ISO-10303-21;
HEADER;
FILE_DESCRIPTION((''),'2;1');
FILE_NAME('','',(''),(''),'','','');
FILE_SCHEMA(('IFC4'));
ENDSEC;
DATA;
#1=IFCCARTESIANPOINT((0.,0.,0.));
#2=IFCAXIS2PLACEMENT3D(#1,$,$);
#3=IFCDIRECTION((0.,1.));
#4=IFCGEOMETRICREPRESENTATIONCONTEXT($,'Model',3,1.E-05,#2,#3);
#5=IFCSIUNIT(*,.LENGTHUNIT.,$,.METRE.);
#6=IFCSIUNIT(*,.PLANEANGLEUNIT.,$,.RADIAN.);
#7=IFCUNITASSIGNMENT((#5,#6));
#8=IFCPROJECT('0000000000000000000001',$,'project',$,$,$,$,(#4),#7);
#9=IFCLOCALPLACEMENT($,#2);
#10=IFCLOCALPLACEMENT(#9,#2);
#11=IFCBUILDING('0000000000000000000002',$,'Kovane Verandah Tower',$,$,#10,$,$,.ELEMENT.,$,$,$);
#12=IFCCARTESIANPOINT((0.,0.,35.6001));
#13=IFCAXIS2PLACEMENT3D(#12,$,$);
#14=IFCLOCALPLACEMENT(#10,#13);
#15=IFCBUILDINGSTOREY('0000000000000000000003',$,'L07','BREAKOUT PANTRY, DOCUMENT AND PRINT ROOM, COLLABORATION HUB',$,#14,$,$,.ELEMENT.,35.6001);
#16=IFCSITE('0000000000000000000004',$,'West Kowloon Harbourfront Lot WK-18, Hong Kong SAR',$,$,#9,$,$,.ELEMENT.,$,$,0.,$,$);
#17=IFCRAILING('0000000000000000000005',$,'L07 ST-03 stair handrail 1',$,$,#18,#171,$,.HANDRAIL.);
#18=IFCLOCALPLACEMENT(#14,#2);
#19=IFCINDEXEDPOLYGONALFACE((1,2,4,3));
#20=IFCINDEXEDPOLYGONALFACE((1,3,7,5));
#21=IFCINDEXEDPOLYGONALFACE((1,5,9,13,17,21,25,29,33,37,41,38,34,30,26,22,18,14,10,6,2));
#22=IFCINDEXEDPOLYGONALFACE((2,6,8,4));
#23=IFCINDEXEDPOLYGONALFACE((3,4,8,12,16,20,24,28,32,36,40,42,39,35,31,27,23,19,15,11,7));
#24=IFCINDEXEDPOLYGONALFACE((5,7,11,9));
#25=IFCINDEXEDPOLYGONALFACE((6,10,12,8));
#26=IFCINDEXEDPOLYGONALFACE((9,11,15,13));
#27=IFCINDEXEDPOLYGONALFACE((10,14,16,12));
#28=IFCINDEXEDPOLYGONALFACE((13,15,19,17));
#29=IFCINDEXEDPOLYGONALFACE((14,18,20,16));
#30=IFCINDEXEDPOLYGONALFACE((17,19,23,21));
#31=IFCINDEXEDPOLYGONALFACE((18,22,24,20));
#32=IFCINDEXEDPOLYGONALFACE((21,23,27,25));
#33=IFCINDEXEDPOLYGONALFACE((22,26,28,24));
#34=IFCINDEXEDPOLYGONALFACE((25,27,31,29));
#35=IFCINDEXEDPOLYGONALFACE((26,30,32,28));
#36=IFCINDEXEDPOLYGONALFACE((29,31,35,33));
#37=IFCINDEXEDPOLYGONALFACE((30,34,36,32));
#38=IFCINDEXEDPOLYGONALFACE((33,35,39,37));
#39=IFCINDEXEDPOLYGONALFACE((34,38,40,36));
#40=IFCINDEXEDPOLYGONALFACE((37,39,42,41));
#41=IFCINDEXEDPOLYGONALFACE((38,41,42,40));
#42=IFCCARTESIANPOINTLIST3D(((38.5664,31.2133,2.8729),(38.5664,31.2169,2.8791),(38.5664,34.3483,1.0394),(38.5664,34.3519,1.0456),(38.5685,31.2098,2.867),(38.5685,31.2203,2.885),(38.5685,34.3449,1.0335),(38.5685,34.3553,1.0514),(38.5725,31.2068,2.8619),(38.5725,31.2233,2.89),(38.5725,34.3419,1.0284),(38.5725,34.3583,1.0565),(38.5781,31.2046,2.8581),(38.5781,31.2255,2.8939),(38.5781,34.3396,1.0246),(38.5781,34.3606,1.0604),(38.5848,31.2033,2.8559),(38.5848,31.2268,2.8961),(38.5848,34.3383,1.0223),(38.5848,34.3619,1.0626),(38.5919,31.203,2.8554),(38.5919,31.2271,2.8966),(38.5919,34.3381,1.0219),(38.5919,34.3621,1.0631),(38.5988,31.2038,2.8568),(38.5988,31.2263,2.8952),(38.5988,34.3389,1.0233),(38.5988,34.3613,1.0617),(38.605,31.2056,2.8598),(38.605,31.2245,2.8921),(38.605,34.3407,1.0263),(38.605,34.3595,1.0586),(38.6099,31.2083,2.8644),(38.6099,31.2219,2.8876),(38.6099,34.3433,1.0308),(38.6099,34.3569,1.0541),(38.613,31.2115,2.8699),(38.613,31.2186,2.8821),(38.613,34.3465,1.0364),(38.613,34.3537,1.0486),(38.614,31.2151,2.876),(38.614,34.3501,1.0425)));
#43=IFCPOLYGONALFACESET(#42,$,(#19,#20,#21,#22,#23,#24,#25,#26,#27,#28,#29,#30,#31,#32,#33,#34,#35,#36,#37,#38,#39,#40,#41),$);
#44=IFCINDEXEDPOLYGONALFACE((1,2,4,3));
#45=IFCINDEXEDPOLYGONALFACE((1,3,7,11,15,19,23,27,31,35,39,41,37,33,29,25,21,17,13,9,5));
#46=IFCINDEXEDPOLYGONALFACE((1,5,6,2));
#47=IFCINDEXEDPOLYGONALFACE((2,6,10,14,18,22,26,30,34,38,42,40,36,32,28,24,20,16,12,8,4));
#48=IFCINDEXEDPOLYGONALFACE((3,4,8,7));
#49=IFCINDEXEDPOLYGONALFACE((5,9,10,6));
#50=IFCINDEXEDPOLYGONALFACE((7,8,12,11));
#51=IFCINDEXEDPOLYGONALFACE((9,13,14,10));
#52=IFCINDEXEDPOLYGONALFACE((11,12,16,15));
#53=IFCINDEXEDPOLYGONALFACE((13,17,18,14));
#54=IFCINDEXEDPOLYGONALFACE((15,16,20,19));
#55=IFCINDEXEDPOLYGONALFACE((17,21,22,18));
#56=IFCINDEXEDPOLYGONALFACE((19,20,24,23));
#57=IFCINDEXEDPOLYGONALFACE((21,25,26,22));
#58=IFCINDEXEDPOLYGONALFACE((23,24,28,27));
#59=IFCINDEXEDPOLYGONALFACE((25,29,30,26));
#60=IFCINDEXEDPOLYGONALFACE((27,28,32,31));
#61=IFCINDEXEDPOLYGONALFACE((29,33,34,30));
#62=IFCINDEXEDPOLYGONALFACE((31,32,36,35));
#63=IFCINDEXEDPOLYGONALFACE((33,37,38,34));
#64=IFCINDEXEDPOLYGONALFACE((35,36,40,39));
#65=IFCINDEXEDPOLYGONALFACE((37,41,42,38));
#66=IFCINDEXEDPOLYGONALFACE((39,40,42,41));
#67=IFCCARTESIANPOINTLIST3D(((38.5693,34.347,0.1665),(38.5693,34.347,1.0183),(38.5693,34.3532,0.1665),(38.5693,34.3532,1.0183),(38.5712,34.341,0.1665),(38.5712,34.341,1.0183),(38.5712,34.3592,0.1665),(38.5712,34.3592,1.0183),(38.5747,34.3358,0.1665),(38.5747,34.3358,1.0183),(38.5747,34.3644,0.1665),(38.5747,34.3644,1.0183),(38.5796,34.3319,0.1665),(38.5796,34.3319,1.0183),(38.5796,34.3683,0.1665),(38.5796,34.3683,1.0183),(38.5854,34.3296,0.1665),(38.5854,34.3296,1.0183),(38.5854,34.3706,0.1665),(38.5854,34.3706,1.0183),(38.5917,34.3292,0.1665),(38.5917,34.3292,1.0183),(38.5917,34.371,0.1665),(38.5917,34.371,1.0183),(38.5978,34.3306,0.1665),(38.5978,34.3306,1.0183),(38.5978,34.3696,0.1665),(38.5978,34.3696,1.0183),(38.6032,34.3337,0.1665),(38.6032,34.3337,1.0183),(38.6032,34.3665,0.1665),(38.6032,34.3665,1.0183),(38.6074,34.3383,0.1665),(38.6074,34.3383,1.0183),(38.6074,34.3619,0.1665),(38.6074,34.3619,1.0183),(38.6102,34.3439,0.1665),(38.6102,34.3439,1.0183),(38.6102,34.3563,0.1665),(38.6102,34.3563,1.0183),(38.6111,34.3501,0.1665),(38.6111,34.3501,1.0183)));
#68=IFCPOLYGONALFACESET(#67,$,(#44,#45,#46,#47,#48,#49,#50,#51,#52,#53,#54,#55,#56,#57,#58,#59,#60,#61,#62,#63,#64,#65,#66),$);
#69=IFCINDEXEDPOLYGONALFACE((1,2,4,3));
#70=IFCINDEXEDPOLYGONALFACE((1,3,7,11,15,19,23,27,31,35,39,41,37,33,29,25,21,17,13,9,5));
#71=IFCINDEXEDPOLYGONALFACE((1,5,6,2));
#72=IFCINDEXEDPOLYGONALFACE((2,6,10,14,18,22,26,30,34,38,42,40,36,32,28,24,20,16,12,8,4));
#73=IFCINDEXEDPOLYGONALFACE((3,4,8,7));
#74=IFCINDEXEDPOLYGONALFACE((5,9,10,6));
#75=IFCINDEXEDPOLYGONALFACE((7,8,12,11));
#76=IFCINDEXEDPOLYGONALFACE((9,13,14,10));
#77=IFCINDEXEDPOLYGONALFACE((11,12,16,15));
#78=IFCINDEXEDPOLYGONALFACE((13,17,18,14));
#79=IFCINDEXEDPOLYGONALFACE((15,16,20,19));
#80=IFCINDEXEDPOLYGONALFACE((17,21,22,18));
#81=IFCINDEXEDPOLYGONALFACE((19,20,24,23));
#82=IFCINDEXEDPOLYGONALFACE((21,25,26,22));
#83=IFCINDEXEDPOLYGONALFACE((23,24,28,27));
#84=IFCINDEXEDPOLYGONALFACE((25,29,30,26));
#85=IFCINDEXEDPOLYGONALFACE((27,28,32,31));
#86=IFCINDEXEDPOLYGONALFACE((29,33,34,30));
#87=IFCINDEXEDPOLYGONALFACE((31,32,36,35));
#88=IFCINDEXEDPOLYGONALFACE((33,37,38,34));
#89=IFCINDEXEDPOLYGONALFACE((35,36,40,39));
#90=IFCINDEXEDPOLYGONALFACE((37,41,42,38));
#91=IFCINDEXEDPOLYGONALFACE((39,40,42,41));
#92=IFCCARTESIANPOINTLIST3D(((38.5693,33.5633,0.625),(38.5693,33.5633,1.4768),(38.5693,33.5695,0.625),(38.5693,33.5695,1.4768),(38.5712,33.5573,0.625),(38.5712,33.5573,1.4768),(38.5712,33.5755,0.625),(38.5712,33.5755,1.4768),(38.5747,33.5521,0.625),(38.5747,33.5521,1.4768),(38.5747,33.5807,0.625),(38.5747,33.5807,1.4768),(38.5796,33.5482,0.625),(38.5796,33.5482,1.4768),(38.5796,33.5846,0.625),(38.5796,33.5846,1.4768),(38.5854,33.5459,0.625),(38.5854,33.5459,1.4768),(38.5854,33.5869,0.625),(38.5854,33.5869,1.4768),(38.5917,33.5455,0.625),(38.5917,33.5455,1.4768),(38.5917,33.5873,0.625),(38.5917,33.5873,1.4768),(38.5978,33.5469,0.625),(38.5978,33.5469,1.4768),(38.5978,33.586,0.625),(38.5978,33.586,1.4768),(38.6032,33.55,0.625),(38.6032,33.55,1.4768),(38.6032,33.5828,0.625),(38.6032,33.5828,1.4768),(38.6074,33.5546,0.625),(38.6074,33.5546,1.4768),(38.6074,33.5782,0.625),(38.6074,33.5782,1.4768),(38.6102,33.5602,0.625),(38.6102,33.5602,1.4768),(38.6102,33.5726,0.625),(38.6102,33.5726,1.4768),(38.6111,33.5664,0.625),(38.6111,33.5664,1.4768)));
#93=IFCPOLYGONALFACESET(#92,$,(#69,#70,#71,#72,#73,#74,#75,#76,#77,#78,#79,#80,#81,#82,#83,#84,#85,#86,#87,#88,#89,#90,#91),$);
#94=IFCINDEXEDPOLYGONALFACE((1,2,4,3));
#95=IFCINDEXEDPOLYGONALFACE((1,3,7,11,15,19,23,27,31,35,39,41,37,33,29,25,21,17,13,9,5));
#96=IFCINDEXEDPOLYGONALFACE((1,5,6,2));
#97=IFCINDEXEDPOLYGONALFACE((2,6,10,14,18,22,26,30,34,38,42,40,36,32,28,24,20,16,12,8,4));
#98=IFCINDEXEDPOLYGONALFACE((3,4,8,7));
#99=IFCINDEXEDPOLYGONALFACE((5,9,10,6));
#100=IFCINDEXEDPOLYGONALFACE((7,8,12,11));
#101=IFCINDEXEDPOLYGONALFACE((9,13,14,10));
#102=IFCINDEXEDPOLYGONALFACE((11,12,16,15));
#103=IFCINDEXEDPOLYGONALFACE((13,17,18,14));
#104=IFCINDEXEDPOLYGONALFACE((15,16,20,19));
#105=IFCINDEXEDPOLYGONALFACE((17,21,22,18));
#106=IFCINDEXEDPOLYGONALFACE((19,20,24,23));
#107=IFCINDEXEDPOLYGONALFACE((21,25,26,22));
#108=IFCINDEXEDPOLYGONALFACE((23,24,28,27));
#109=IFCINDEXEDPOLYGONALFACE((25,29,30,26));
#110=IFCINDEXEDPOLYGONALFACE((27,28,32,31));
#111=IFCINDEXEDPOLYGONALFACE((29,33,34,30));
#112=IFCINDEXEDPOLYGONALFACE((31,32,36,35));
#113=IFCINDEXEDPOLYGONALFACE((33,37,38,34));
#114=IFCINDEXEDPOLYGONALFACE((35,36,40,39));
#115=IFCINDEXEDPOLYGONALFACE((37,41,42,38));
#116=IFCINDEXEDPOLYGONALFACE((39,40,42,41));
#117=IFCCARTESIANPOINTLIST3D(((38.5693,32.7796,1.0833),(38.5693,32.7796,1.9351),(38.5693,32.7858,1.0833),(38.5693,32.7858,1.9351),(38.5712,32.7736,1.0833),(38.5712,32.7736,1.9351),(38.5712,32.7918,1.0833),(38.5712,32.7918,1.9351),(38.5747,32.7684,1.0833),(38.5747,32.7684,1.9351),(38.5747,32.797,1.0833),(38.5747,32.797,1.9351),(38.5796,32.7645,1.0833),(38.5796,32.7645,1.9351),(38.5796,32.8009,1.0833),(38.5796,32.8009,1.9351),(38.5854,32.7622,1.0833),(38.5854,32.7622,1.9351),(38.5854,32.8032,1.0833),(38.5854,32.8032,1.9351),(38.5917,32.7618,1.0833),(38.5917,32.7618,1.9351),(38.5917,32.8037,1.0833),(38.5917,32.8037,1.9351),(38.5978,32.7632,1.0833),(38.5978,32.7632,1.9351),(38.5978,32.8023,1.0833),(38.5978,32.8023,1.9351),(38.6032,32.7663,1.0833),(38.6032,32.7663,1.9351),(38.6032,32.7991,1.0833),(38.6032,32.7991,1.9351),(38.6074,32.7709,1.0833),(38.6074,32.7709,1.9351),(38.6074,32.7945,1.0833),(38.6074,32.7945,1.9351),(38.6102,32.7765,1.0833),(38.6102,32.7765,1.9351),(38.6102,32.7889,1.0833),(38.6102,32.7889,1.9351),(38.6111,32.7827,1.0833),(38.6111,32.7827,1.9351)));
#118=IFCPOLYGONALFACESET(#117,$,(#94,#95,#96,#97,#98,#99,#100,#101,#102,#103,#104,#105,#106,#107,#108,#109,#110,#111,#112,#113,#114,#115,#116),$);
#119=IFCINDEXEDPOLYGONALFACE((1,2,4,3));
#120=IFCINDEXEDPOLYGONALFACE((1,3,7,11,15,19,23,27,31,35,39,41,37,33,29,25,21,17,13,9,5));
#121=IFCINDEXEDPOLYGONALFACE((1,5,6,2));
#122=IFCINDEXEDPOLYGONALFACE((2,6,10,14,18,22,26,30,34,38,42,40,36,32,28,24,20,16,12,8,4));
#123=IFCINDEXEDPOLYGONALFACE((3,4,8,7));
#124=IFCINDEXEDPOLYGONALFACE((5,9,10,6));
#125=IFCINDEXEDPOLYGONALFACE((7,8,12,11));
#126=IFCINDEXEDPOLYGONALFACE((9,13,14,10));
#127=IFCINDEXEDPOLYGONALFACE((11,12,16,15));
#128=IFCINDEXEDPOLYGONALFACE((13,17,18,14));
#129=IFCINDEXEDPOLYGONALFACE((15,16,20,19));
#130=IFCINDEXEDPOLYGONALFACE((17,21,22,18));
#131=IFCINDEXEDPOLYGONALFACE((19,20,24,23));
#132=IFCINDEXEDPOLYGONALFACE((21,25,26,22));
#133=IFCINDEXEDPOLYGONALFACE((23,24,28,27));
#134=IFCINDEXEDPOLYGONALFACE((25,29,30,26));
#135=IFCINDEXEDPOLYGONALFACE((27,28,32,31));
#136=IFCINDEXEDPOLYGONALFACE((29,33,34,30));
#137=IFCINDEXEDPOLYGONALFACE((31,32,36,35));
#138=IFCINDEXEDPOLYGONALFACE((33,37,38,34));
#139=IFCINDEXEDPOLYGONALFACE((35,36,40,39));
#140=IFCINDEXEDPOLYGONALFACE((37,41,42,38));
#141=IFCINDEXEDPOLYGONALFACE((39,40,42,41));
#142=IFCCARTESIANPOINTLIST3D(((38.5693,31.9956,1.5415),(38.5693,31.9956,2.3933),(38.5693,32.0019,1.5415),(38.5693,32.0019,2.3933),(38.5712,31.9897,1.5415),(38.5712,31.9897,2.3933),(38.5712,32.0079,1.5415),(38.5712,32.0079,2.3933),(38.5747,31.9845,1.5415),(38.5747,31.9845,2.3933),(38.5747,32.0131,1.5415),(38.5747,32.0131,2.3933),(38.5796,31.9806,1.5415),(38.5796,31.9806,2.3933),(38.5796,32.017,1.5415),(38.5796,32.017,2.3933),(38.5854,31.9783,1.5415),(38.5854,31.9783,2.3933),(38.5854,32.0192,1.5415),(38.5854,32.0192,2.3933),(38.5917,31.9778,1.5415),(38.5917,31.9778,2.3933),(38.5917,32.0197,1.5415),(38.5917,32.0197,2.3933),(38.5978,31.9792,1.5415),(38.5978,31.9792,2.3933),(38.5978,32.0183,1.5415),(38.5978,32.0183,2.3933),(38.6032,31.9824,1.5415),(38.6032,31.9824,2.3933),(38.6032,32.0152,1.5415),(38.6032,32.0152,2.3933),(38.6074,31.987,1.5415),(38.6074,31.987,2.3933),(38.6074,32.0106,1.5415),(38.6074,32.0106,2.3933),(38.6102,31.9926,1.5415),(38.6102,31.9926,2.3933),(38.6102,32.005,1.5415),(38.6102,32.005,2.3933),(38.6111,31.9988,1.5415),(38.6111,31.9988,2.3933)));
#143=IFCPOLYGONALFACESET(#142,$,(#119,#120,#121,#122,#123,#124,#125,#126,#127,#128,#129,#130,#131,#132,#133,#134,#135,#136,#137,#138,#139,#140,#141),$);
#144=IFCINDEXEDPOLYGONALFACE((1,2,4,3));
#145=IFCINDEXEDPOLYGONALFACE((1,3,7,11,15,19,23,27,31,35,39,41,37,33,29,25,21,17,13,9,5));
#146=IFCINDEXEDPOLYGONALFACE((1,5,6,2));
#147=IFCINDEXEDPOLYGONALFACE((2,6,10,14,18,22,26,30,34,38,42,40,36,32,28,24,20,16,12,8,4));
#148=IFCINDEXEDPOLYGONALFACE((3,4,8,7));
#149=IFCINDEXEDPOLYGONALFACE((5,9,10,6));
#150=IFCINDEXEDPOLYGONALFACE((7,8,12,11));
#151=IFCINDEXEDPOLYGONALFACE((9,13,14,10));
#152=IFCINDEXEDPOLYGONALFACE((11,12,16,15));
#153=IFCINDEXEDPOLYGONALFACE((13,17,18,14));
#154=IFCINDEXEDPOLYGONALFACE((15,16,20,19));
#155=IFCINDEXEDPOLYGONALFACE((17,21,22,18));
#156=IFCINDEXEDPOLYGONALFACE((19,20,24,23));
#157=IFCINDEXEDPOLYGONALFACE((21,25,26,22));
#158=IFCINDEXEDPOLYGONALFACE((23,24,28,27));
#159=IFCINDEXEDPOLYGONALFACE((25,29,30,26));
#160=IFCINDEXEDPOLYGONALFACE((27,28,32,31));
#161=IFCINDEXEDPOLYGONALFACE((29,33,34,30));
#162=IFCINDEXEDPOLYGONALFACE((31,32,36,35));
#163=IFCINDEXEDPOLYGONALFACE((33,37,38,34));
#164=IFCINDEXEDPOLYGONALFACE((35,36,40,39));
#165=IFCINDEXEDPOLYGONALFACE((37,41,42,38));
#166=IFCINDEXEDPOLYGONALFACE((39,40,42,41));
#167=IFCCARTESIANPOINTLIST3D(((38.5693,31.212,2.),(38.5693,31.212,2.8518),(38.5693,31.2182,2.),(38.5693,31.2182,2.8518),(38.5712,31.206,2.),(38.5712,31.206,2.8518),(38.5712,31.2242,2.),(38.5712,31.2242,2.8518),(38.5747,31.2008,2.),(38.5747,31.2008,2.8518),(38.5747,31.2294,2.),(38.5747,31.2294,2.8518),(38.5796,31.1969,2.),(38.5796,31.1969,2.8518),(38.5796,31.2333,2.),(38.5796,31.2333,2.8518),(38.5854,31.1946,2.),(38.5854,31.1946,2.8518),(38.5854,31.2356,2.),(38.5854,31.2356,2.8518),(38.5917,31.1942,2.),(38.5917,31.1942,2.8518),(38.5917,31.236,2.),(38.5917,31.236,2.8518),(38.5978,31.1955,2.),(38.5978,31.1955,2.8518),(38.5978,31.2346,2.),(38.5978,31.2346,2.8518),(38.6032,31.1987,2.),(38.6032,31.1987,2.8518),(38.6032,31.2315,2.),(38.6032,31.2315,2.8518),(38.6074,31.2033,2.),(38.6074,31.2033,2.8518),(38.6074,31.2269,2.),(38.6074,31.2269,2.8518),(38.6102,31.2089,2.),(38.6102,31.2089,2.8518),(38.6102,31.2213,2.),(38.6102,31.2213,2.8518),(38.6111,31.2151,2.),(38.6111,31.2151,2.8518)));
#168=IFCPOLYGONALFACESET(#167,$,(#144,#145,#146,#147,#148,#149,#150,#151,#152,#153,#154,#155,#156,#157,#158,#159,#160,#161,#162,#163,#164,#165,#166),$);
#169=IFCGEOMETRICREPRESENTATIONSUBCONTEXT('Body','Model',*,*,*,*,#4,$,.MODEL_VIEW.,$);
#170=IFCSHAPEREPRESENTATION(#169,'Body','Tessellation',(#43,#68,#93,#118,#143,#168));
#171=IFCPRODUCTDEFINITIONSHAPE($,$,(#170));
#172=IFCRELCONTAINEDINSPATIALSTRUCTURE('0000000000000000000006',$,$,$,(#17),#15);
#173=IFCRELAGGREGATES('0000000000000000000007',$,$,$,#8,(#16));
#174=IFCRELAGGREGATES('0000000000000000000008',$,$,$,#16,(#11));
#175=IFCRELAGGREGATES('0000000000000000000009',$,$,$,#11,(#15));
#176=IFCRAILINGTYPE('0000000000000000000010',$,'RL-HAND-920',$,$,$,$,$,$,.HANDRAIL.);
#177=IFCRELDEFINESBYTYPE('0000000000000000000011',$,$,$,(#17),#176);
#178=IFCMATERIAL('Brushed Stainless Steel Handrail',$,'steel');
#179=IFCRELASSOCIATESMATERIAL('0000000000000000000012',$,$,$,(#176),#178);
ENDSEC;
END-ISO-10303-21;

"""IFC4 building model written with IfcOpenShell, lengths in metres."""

from ifc_helpers import new_model, si_unit, direction, frame, origin, origin_2d, place, context, subcontext, project, spatial, circle, extrude, material, type_object, element, save


model = new_model("IFC4")

# Units and contexts
model_context = context("Model", 3, precision=1e-05, world=origin(), true_north=direction((0.0, 1.0)))
body_context = subcontext(model_context, "Body", "Model", "MODEL_VIEW")
ifc_project = project(units=[si_unit("LENGTHUNIT", "METRE"), si_unit("PLANEANGLEUNIT", "RADIAN")], contexts=[model_context])

# Site, building, storey
site_placement = place(None, origin())
site = spatial("IfcSite", under=ifc_project, at=site_placement, Name="West Kowloon Harbourfront Lot WK-18, Hong Kong SAR", CompositionType="ELEMENT", RefElevation=0.0)
building_placement = place(site_placement, origin())
building = spatial("IfcBuilding", under=site, at=building_placement, Name="Kovane Verandah Tower", CompositionType="ELEMENT")
storey_placement = place(building_placement, frame((0.0, 0.0, 35.6001)))
storey = spatial("IfcBuildingStorey", under=building, at=storey_placement, Name="L07", Description="BREAKOUT PANTRY, DOCUMENT AND PRINT ROOM, COLLABORATION HUB", CompositionType="ELEMENT", Elevation=35.6001)

# Railing
ifc_material_1 = material(Name="Brushed Stainless Steel Handrail", Category="steel")
railing_type_1 = type_object("IfcRailingType", Name="RL-HAND-920", PredefinedType="HANDRAIL", material=ifc_material_1)
for number, where, name in (
    (1, (38.5901, 34.3501, 0.1665), "L07 ST-03 stair handrail 1"),
):
    element("IfcRailing", number, at=place(storey_placement, frame(where)), inside=storey, type_object=railing_type_1, Name=name, PredefinedType="HANDRAIL", context=body_context, shape_type="SweptSolid", body=[
        extrude(circle(Radius=0.0239, at=origin_2d()), frame((0.0, 0.0, 0.876), z_axis=(0.0, -0.86321, 0.504845), x_axis=(1.0, 0.0, 0.0)), (0.0, 0.0, 1.0), 3.6318),
        extrude(circle(Radius=0.021, at=origin_2d()), origin(), (0.0, 0.0, 1.0), 0.8518),
        extrude(circle(Radius=0.021, at=origin_2d()), frame((0.0, -0.7837, 0.4585)), (0.0, 0.0, 1.0), 0.8518),
        extrude(circle(Radius=0.021, at=origin_2d()), frame((0.0, -1.5674, 0.9167)), (0.0, 0.0, 1.0), 0.8518),
        extrude(circle(Radius=0.021, at=origin_2d()), frame((0.0, -2.3513, 1.375)), (0.0, 0.0, 1.0), 0.8518),
        extrude(circle(Radius=0.021, at=origin_2d()), frame((0.0, -3.135, 1.8335)), (0.0, 0.0, 1.0), 0.8518),
    ])

save(model, "model.ifc")
